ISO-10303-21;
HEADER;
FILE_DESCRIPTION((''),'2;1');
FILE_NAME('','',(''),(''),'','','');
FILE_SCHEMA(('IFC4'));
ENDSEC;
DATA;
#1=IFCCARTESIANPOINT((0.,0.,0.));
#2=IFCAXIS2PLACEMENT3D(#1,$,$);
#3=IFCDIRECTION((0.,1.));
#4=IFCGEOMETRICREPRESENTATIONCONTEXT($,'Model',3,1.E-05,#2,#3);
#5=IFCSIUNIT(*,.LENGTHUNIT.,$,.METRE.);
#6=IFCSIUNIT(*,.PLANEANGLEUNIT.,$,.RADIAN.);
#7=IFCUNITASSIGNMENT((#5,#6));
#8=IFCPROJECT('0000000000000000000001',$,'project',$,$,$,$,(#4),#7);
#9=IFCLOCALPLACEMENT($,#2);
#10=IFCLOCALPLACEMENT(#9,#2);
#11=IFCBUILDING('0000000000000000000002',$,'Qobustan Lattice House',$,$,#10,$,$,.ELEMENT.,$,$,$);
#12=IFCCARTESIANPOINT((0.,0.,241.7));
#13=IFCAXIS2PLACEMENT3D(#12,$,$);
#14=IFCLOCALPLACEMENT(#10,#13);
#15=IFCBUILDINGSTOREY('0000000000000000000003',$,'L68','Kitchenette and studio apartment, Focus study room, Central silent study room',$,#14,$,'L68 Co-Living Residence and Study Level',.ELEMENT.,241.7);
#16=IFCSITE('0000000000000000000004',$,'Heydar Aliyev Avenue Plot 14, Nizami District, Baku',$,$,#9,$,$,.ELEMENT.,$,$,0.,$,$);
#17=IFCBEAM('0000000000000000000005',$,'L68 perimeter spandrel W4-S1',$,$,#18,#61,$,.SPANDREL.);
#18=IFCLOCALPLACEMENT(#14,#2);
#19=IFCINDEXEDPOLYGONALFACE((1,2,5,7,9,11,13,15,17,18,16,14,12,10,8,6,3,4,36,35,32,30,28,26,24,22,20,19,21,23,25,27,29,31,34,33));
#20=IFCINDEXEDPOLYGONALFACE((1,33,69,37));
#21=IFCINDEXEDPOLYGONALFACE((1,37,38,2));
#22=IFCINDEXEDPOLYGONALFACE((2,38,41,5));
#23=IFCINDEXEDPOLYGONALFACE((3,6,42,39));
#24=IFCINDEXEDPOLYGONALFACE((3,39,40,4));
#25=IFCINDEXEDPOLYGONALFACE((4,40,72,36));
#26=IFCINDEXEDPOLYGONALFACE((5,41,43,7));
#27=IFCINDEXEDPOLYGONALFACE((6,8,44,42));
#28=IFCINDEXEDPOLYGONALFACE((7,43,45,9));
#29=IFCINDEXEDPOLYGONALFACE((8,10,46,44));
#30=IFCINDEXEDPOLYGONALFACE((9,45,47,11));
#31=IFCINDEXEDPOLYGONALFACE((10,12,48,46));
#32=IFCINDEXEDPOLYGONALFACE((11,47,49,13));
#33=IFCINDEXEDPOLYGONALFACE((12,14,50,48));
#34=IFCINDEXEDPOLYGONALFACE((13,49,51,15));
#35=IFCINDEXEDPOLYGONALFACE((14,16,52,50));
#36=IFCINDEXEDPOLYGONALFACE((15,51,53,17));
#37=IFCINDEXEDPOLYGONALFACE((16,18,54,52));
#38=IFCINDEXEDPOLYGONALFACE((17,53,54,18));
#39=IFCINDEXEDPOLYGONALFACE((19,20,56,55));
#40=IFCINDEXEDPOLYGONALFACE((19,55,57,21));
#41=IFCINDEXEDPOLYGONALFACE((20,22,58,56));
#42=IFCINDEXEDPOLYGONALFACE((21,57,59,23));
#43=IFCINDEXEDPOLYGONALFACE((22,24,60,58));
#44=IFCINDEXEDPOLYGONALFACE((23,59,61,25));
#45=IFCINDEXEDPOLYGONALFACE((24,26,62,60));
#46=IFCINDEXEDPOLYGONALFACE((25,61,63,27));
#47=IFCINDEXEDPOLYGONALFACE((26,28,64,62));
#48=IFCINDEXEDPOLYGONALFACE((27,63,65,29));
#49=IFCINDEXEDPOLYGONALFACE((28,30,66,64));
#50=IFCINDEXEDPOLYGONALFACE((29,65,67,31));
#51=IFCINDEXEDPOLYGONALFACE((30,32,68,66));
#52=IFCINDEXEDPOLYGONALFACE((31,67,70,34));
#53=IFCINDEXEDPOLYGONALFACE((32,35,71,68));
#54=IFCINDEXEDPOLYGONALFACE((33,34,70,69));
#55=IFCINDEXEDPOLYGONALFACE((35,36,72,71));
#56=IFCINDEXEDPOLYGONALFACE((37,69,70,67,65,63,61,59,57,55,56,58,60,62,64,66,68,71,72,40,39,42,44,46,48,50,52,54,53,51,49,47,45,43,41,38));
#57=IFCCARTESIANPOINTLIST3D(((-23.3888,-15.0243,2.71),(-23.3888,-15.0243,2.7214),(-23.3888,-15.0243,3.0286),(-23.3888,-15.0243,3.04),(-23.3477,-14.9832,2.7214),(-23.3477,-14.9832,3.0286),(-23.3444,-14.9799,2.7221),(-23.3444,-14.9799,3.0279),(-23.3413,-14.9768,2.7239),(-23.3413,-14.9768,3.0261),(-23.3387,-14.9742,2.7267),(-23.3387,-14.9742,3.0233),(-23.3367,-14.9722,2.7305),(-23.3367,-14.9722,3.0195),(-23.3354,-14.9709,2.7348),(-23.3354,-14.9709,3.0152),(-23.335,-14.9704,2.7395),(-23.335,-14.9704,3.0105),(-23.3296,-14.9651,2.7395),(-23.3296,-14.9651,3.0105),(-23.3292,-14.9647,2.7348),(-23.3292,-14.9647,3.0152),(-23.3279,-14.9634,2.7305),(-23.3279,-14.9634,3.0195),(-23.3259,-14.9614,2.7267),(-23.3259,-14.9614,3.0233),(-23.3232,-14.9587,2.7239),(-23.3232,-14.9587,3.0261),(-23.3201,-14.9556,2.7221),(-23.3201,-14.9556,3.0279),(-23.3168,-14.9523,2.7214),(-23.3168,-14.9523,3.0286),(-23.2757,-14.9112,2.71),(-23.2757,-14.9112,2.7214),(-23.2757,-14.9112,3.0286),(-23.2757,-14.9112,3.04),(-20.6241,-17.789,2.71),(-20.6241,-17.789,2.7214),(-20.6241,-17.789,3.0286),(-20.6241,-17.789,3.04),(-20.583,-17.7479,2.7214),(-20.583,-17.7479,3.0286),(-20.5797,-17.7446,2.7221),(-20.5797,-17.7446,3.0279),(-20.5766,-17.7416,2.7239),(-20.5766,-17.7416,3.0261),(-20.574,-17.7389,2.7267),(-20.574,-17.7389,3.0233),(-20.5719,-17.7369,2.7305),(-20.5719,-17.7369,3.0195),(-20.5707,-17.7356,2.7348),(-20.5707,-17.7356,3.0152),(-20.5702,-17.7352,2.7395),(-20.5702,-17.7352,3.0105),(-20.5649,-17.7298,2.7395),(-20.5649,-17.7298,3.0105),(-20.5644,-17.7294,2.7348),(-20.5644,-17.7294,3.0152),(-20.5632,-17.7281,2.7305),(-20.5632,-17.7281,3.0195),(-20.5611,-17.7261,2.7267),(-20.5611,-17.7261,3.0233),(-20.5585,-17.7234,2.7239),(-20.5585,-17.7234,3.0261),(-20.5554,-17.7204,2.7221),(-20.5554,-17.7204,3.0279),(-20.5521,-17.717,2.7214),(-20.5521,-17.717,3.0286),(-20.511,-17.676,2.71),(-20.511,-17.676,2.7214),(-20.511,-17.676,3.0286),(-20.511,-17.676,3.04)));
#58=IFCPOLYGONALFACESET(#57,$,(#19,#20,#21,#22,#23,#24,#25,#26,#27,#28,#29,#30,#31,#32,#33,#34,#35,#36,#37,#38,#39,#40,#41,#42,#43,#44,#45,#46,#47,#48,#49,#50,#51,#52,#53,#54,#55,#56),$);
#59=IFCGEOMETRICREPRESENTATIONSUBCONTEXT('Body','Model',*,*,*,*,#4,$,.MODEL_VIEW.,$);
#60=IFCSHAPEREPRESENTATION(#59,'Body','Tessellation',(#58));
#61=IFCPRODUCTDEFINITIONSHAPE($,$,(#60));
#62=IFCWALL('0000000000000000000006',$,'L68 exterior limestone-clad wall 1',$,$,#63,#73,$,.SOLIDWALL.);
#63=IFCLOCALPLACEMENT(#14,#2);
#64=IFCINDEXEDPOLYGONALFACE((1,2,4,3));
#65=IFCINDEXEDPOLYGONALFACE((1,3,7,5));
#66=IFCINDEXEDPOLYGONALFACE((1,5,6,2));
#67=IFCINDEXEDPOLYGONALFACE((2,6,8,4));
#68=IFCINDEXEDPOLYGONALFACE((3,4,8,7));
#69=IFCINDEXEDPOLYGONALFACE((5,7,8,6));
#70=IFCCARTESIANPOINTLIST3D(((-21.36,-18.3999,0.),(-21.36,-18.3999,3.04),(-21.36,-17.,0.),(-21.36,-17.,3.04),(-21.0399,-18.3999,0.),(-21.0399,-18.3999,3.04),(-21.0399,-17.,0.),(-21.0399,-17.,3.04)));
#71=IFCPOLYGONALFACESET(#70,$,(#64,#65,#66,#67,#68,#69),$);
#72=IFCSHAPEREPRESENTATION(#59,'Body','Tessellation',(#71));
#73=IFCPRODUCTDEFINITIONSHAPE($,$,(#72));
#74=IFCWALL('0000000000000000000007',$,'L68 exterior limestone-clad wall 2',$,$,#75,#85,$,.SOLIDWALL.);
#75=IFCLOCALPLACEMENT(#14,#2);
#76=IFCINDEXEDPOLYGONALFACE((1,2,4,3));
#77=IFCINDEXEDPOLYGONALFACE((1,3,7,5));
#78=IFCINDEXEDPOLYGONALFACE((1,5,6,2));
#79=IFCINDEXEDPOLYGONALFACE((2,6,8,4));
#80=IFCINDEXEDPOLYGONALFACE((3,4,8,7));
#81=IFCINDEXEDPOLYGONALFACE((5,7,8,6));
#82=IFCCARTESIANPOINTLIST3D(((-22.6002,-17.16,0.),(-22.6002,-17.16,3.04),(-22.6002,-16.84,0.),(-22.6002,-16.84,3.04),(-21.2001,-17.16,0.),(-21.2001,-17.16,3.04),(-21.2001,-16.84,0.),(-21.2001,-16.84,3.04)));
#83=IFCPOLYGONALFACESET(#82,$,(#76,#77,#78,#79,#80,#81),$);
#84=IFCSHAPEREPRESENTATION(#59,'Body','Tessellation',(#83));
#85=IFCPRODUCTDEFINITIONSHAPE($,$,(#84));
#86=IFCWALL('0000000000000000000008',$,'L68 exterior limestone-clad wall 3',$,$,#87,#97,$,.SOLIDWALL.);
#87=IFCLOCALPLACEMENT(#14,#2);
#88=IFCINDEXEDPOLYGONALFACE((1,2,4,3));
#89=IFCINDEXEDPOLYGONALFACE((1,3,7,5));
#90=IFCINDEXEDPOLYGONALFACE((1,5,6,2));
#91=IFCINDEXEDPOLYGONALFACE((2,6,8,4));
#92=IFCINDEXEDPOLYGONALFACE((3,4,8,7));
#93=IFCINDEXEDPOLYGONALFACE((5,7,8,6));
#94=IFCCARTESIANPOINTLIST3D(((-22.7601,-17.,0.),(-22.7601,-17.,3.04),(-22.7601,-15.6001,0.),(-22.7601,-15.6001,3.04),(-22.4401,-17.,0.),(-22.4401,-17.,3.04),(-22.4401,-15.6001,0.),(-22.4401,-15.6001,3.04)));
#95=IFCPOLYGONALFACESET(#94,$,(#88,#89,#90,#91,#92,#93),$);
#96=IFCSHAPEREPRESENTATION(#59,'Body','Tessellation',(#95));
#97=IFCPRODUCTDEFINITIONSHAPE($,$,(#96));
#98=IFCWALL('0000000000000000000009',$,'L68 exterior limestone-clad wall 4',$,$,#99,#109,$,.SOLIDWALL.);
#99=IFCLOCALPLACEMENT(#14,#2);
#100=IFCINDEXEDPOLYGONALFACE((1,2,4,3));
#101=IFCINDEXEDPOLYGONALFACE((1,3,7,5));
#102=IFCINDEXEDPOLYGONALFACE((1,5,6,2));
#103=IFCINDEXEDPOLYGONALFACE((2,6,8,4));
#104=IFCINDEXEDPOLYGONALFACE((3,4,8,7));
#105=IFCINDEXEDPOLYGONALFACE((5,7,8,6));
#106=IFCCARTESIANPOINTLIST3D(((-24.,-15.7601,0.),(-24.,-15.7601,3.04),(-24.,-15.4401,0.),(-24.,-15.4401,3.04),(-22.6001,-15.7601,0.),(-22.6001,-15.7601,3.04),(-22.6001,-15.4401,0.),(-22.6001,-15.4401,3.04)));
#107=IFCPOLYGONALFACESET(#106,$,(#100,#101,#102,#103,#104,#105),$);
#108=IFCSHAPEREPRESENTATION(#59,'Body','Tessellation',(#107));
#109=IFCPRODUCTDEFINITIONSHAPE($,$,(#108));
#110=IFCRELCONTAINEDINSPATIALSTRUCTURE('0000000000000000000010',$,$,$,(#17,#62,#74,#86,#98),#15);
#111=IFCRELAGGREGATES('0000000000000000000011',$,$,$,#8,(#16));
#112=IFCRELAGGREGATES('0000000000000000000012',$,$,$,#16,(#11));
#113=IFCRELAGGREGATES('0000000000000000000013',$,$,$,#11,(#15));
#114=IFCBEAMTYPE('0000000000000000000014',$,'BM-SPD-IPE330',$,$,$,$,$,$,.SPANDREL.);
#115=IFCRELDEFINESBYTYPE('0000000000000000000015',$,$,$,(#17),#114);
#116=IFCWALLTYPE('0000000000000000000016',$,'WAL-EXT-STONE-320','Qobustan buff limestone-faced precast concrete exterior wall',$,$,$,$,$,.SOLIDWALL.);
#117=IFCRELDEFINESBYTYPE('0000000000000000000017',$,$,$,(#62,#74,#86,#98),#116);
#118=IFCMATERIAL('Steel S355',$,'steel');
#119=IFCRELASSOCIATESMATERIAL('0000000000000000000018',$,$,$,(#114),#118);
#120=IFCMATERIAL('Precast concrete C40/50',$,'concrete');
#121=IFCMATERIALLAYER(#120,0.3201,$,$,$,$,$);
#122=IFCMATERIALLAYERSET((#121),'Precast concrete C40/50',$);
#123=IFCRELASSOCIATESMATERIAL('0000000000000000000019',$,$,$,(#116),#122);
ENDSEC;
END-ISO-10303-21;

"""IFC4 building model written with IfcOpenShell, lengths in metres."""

from ifc_helpers import new_model, si_unit, direction, frame, frame_2d, origin, origin_2d, place, context, subcontext, project, spatial, rectangle, i_section, extrude, material, layer, layer_set, material_profile, profile_set, type_object, element, save


model = new_model("IFC4")

# Units and contexts
model_context = context("Model", 3, precision=1e-05, world=origin(), true_north=direction((0.0, 1.0)))
body_context = subcontext(model_context, "Body", "Model", "MODEL_VIEW")
ifc_project = project(units=[si_unit("LENGTHUNIT", "METRE"), si_unit("PLANEANGLEUNIT", "RADIAN")], contexts=[model_context])

# Site, building, storey
site_placement = place(None, origin())
site = spatial("IfcSite", under=ifc_project, at=site_placement, Name="Heydar Aliyev Avenue Plot 14, Nizami District, Baku", CompositionType="ELEMENT", RefElevation=0.0)
building_placement = place(site_placement, origin())
building = spatial("IfcBuilding", under=site, at=building_placement, Name="Qobustan Lattice House", CompositionType="ELEMENT")
storey_placement = place(building_placement, frame((0.0, 0.0, 241.7)))
storey = spatial("IfcBuildingStorey", under=building, at=storey_placement, Name="L68", Description="Kitchenette and studio apartment, Focus study room, Central silent study room", LongName="L68 Co-Living Residence and Study Level", CompositionType="ELEMENT", Elevation=241.7)

# Beam
ifc_material_1 = material(Name="Steel S355", Category="steel")
ifc_material_profile_1 = material_profile(ifc_material_1, i_section(OverallWidth=0.1599, OverallDepth=0.3301, WebThickness=0.0076, FlangeThickness=0.0115, FilletRadius=0.0181, at=origin_2d()), Name="IPE330")
ifc_profile_set_1 = profile_set([ifc_material_profile_1], Name="Steel S355")
beam_type_1 = type_object("IfcBeamType", Name="BM-SPD-IPE330", PredefinedType="SPANDREL", material=ifc_profile_set_1)
beam_1_placement = place(storey_placement, frame((-23.3323, -14.9678, 2.875), z_axis=(0.707107, -0.707107, 0.0), x_axis=(0.707107, 0.707107, 0.0)))
element("IfcBeam", 1, at=beam_1_placement, inside=storey, type_object=beam_type_1, Name="L68 perimeter spandrel W4-S1", PredefinedType="SPANDREL", context=body_context, shape_type="SweptSolid", body=[
    extrude(i_section(OverallWidth=0.1599, OverallDepth=0.3301, WebThickness=0.0076, FlangeThickness=0.0115, FilletRadius=0.0181, at=origin_2d()), origin(), (0.0, 0.0, 1.0), 3.9099),
])

# Walls
ifc_material_2 = material(Name="Precast concrete C40/50", Category="concrete")
ifc_layer = layer(ifc_material_2, 0.3201)
ifc_layer_set = layer_set([ifc_layer], Name="Precast concrete C40/50")
wall_type = type_object("IfcWallType", Name="WAL-EXT-STONE-320", Description="Qobustan buff limestone-faced precast concrete exterior wall", PredefinedType="SOLIDWALL", material=ifc_layer_set)
wall_1_placement = place(storey_placement, frame((-21.2, -18.3999, 0.0), z_axis=(0.0, 0.0, 1.0), x_axis=(0.0, 1.0, 0.0)))
element("IfcWall", 2, at=wall_1_placement, inside=storey, type_object=wall_type, Name="L68 exterior limestone-clad wall 1", PredefinedType="SOLIDWALL", context=body_context, shape_type="SweptSolid", body=[
    extrude(rectangle(XDim=1.3999, YDim=0.3201, at=frame_2d((0.7, 0.0))), origin(), (0.0, 0.0, 1.0), 3.04),
])
wall_2_placement = place(storey_placement, frame((-21.2, -17.0, 0.0), z_axis=(0.0, 0.0, 1.0), x_axis=(-1.0, 0.0, 0.0)))
element("IfcWall", 3, at=wall_2_placement, inside=storey, type_object=wall_type, Name="L68 exterior limestone-clad wall 2", PredefinedType="SOLIDWALL", context=body_context, shape_type="SweptSolid", body=[
    extrude(rectangle(XDim=1.4001, YDim=0.3201, at=frame_2d((0.7002, 0.0))), origin(), (0.0, 0.0, 1.0), 3.04),
])
for number, where, z_axis, x_axis, name in (
    (4, (-22.6001, -17.0, 0.0), (0.0, 0.0, 1.0), (0.0, 1.0, 0.0), "L68 exterior limestone-clad wall 3"),
    (5, (-22.6001, -15.6001, 0.0), (0.0, 0.0, 1.0), (-1.0, 0.0, 0.0), "L68 exterior limestone-clad wall 4"),
):
    element("IfcWall", number, at=place(storey_placement, frame(where, z_axis=z_axis, x_axis=x_axis)), inside=storey, type_object=wall_type, Name=name, PredefinedType="SOLIDWALL", context=body_context, shape_type="SweptSolid", body=[
        extrude(rectangle(XDim=1.3999, YDim=0.3201, at=frame_2d((0.7, 0.0))), origin(), (0.0, 0.0, 1.0), 3.04),
    ])

save(model, "model.ifc")
